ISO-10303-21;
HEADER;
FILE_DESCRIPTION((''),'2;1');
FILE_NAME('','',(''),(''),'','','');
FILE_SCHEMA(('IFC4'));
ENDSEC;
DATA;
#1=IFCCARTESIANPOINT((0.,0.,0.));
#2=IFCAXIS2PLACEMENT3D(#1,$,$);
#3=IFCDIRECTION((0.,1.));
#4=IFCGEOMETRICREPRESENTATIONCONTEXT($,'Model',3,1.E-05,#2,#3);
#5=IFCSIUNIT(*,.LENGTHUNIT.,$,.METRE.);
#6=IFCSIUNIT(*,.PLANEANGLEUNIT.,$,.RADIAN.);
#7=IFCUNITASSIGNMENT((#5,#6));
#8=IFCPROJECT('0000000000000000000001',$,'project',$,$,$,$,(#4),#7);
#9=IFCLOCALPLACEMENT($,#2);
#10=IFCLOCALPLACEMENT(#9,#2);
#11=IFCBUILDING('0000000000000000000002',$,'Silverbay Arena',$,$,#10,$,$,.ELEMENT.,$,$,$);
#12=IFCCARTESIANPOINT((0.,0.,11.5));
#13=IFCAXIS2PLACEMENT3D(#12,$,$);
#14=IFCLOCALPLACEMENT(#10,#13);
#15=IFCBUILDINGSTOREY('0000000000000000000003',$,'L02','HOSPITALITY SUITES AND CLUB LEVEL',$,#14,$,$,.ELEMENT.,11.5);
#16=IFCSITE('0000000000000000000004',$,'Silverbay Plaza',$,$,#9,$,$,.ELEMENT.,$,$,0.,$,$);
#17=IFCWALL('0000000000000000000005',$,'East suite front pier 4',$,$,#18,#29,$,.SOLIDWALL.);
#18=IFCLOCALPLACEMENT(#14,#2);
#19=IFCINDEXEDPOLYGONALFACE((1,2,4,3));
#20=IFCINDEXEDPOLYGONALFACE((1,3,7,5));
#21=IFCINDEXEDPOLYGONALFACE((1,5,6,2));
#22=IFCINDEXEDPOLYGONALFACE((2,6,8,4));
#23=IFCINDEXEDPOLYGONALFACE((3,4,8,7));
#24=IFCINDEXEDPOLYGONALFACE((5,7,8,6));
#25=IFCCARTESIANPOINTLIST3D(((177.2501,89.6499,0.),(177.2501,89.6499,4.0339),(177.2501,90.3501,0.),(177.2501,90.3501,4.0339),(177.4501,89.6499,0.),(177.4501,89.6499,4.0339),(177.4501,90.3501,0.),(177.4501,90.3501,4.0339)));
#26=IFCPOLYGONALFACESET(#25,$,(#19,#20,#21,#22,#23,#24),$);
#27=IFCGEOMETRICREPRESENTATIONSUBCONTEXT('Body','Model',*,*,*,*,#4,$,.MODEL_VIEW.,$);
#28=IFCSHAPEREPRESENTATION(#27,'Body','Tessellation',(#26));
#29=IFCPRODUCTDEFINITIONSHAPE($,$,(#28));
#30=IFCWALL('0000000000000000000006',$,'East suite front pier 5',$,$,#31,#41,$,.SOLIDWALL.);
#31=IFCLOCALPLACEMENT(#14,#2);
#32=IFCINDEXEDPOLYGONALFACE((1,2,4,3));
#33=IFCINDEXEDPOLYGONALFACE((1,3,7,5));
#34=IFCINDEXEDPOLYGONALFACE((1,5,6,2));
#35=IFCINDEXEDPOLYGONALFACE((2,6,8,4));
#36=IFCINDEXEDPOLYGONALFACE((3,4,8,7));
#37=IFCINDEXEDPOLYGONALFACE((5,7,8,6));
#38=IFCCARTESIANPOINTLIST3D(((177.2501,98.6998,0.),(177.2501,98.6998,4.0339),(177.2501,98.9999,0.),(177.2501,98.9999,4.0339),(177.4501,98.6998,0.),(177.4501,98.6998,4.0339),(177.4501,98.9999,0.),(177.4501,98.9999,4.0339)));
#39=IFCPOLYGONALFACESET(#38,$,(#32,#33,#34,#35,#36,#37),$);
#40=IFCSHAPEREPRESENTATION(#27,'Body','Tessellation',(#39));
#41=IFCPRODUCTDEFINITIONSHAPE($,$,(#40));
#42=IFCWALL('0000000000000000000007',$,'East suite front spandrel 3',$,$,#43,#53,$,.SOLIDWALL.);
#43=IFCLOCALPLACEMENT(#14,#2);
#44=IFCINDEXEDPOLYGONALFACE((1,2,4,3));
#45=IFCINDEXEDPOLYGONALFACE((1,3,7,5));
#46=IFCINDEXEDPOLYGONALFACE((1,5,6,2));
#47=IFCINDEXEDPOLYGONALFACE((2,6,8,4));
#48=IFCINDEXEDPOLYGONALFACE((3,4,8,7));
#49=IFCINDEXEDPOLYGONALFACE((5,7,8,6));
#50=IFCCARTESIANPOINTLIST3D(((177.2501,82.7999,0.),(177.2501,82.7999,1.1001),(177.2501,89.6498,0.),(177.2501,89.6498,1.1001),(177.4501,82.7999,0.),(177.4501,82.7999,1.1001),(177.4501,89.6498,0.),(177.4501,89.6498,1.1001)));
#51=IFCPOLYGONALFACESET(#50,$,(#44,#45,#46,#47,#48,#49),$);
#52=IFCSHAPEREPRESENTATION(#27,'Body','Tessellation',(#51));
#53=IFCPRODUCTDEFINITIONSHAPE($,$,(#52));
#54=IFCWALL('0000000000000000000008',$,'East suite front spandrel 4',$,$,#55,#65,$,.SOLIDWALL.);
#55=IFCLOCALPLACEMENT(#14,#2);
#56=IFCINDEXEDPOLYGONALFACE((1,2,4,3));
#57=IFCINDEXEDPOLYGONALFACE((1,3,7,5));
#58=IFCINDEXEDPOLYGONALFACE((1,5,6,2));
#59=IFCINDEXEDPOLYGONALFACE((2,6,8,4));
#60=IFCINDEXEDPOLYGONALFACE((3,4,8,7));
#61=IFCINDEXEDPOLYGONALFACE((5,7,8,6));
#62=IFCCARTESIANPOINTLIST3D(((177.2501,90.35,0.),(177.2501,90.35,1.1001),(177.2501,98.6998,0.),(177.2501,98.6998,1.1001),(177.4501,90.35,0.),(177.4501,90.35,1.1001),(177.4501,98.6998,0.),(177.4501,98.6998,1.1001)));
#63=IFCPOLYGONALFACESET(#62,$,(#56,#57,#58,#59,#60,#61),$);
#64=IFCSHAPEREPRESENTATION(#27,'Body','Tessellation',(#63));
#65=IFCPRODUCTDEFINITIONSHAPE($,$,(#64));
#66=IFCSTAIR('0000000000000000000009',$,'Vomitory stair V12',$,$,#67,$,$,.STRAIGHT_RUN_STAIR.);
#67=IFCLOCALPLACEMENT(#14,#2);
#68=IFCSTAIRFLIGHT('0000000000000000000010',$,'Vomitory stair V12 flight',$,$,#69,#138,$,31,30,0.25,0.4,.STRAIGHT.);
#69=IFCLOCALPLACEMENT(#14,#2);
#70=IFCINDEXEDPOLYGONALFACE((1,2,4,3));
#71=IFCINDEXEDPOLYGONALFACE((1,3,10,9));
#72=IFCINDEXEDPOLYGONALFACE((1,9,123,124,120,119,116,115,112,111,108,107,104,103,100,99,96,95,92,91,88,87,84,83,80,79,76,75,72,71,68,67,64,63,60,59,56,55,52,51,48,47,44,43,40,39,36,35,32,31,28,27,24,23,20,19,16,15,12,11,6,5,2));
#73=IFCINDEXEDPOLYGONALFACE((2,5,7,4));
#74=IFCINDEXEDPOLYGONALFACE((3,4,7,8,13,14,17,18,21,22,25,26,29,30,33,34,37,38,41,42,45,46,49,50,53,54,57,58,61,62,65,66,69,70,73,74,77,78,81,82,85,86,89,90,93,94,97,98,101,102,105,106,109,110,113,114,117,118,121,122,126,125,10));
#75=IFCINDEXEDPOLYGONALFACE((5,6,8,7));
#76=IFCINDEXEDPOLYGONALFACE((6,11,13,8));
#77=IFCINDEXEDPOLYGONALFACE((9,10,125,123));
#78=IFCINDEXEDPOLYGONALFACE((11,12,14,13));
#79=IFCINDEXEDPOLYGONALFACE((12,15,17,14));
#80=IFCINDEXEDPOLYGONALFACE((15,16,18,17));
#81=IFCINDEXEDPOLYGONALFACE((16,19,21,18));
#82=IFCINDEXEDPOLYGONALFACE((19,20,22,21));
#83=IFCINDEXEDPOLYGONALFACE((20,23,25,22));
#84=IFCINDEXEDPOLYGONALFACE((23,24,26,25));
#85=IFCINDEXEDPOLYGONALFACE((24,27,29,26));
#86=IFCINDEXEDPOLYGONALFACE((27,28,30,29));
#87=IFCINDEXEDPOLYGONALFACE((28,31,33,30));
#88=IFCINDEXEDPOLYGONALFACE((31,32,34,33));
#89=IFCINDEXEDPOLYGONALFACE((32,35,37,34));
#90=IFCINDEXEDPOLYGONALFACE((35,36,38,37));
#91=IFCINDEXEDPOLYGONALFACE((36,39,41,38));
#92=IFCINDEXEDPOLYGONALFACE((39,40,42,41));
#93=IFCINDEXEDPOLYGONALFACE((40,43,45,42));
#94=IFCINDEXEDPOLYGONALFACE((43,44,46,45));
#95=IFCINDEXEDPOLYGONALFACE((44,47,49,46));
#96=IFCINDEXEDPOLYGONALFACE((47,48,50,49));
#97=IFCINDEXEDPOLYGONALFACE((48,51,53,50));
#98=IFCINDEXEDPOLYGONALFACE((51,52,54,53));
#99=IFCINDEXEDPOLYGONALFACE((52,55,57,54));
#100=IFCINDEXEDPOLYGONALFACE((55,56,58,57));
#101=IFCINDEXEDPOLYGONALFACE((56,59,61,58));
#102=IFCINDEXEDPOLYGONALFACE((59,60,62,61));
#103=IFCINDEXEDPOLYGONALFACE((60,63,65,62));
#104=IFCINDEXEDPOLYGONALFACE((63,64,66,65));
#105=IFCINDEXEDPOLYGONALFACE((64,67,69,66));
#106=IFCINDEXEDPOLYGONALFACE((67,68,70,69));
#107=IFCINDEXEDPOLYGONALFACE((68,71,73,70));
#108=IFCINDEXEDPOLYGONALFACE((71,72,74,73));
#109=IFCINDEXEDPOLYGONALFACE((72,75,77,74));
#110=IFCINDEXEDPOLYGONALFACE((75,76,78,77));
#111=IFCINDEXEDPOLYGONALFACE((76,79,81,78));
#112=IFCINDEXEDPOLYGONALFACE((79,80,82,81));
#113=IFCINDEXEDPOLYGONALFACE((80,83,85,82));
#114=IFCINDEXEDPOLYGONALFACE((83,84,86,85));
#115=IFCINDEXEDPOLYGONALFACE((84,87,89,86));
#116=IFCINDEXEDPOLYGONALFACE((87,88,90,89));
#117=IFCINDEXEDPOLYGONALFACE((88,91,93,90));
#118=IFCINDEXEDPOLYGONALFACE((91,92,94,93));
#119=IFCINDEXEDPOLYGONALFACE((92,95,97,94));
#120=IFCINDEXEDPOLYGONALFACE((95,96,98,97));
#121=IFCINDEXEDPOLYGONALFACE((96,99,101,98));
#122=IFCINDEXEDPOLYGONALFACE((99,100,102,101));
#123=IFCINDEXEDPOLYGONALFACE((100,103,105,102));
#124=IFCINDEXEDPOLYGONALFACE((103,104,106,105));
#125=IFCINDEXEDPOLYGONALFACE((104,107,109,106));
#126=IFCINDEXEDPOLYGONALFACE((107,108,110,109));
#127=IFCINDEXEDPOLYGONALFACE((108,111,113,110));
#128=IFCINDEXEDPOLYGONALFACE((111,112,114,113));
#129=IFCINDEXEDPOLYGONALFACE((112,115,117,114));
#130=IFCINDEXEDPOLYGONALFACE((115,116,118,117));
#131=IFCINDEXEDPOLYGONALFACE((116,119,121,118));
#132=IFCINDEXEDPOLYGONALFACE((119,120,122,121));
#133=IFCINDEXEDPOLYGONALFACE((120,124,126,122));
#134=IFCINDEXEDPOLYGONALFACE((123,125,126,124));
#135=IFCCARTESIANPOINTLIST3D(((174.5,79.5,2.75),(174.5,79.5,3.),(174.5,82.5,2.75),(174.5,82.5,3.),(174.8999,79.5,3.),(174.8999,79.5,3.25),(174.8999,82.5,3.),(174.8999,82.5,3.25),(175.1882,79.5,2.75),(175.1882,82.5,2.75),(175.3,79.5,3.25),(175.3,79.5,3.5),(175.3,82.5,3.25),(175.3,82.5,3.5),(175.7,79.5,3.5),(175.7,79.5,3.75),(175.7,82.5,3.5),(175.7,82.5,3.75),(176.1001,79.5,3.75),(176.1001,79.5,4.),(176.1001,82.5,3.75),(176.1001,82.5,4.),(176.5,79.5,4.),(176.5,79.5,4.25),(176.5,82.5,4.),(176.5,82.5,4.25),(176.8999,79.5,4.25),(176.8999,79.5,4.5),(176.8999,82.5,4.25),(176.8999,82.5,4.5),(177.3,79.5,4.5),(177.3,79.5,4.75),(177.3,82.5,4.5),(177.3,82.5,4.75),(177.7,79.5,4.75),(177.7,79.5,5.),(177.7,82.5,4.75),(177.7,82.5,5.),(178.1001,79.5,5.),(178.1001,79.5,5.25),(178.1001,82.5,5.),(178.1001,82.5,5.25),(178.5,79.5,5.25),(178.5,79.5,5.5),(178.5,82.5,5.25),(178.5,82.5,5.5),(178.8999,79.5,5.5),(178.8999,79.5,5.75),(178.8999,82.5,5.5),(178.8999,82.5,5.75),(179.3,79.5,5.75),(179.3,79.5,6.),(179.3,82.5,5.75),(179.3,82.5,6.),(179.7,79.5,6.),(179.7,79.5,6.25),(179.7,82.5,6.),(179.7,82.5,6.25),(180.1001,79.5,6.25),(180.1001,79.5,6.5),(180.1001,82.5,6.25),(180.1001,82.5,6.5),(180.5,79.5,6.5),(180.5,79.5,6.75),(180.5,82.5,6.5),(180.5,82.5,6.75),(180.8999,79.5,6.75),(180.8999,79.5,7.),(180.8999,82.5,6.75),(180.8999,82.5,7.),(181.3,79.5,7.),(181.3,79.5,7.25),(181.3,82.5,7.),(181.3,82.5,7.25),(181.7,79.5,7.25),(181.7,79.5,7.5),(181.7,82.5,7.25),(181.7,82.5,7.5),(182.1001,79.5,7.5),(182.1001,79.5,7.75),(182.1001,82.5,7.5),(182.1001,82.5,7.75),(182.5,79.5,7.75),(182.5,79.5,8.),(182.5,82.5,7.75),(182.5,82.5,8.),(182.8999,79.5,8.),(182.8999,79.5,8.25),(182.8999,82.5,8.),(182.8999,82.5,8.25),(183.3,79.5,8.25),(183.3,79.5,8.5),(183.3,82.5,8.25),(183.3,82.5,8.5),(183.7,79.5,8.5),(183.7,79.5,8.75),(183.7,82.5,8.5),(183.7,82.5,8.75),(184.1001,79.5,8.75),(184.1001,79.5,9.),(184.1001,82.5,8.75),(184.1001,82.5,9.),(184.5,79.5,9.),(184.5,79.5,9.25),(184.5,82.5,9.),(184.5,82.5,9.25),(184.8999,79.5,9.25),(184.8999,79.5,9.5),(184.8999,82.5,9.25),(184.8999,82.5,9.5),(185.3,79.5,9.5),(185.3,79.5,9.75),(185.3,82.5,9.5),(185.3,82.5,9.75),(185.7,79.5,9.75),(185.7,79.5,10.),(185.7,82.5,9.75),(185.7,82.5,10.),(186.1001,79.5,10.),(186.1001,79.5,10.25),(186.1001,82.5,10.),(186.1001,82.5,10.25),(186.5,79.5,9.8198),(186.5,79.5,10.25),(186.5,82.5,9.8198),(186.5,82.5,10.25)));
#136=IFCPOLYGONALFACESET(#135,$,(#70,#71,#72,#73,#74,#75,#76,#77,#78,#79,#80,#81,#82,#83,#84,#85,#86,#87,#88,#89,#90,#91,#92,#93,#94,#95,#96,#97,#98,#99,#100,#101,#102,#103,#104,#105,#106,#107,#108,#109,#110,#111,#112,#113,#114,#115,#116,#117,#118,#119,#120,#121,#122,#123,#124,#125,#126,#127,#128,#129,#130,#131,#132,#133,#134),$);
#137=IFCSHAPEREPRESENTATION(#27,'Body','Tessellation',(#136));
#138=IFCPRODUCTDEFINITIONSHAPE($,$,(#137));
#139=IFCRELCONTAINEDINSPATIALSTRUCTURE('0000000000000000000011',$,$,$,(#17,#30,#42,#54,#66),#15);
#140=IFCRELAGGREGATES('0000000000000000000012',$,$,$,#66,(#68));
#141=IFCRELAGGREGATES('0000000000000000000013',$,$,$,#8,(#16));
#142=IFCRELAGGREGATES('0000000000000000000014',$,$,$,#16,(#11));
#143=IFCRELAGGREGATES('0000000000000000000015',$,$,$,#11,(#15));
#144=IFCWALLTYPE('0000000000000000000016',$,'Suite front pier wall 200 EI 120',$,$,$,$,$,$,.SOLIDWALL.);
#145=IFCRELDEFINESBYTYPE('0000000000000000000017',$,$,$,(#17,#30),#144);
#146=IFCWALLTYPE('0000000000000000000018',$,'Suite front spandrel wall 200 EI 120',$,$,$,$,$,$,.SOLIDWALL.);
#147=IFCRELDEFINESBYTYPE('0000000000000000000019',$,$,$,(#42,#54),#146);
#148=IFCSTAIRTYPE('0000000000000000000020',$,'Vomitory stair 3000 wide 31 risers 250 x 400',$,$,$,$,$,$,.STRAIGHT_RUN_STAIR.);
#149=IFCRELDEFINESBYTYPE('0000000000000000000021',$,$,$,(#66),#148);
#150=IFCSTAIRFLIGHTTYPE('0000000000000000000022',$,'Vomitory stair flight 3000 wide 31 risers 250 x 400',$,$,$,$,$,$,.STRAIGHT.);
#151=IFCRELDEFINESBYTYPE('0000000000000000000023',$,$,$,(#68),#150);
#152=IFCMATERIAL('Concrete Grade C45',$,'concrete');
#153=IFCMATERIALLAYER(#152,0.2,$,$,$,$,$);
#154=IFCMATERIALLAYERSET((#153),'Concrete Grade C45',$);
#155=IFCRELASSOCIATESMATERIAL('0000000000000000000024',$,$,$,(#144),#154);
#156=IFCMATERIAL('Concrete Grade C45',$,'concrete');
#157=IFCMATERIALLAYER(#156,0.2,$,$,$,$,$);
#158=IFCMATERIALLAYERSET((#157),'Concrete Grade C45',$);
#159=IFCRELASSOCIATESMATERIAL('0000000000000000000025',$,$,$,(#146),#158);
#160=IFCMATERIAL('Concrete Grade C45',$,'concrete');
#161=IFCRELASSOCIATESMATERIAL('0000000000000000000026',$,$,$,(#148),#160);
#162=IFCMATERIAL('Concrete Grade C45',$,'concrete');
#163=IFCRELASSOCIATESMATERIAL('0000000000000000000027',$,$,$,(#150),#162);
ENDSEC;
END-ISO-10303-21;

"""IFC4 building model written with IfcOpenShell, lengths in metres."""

from ifc_helpers import new_model, si_unit, direction, frame, frame_2d, origin, place, context, subcontext, project, spatial, polyline, rectangle, outline, extrude, material, layer, layer_set, type_object, element, aggregate, save


model = new_model("IFC4")

# Units and contexts
model_context = context("Model", 3, precision=1e-05, world=origin(), true_north=direction((0.0, 1.0)))
body_context = subcontext(model_context, "Body", "Model", "MODEL_VIEW")
ifc_project = project(units=[si_unit("LENGTHUNIT", "METRE"), si_unit("PLANEANGLEUNIT", "RADIAN")], contexts=[model_context])

# Site, building, storey
site_placement = place(None, origin())
site = spatial("IfcSite", under=ifc_project, at=site_placement, Name="Silverbay Plaza", CompositionType="ELEMENT", RefElevation=0.0)
building_placement = place(site_placement, origin())
building = spatial("IfcBuilding", under=site, at=building_placement, Name="Silverbay Arena", CompositionType="ELEMENT")
storey_placement = place(building_placement, frame((0.0, 0.0, 11.5)))
storey = spatial("IfcBuildingStorey", under=building, at=storey_placement, Name="L02", Description="HOSPITALITY SUITES AND CLUB LEVEL", CompositionType="ELEMENT", Elevation=11.5)

# Walls
ifc_material_1 = material(Name="Concrete Grade C45", Category="concrete")
ifc_layer_1 = layer(ifc_material_1, 0.2)
ifc_layer_set_1 = layer_set([ifc_layer_1], Name="Concrete Grade C45")
wall_type_1 = type_object("IfcWallType", Name="Suite front pier wall 200 EI 120", PredefinedType="SOLIDWALL", material=ifc_layer_set_1)
wall_1_placement = place(storey_placement, frame((177.3501, 89.6499, 0.0), z_axis=(0.0, 0.0, 1.0), x_axis=(0.0, 1.0, 0.0)))
element("IfcWall", 1, at=wall_1_placement, inside=storey, type_object=wall_type_1, Name="East suite front pier 4", PredefinedType="SOLIDWALL", context=body_context, shape_type="SweptSolid", body=[
    extrude(rectangle(XDim=0.7002, YDim=0.2, at=frame_2d((0.3501, 0.0))), origin(), (0.0, 0.0, 1.0), 4.0339),
])
wall_2_placement = place(storey_placement, frame((177.3501, 98.7, 0.0), z_axis=(0.0, 0.0, 1.0), x_axis=(0.0, 1.0, 0.0)))
element("IfcWall", 2, at=wall_2_placement, inside=storey, type_object=wall_type_1, Name="East suite front pier 5", PredefinedType="SOLIDWALL", context=body_context, shape_type="SweptSolid", body=[
    extrude(rectangle(XDim=0.3, YDim=0.2, at=frame_2d((0.1499, 0.0))), origin(), (0.0, 0.0, 1.0), 4.0339),
])
ifc_material_2 = material(Name="Concrete Grade C45", Category="concrete")
ifc_layer_2 = layer(ifc_material_2, 0.2)
ifc_layer_set_2 = layer_set([ifc_layer_2], Name="Concrete Grade C45")
wall_type_2 = type_object("IfcWallType", Name="Suite front spandrel wall 200 EI 120", PredefinedType="SOLIDWALL", material=ifc_layer_set_2)
wall_3_placement = place(storey_placement, frame((177.3501, 82.8, 0.0), z_axis=(0.0, 0.0, 1.0), x_axis=(0.0, 1.0, 0.0)))
element("IfcWall", 3, at=wall_3_placement, inside=storey, type_object=wall_type_2, Name="East suite front spandrel 3", PredefinedType="SOLIDWALL", context=body_context, shape_type="SweptSolid", body=[
    extrude(rectangle(XDim=6.8499, YDim=0.2, at=frame_2d((3.4248, 0.0))), origin(), (0.0, 0.0, 1.0), 1.1001),
])
wall_4_placement = place(storey_placement, frame((177.3501, 90.3501, 0.0), z_axis=(0.0, 0.0, 1.0), x_axis=(0.0, 1.0, 0.0)))
element("IfcWall", 4, at=wall_4_placement, inside=storey, type_object=wall_type_2, Name="East suite front spandrel 4", PredefinedType="SOLIDWALL", context=body_context, shape_type="SweptSolid", body=[
    extrude(rectangle(XDim=8.3499, YDim=0.2, at=frame_2d((4.1748, 0.0))), origin(), (0.0, 0.0, 1.0), 1.1001),
])

# Stair, stair flight
ifc_material_3 = material(Name="Concrete Grade C45", Category="concrete")
stair_type = type_object("IfcStairType", Name="Vomitory stair 3000 wide 31 risers 250 x 400", PredefinedType="STRAIGHT_RUN_STAIR", material=ifc_material_3)
stair_placement = place(storey_placement, origin())
stair = element("IfcStair", 5, at=stair_placement, inside=storey, type_object=stair_type, Name="Vomitory stair V12", PredefinedType="STRAIGHT_RUN_STAIR")
ifc_material_4 = material(Name="Concrete Grade C45", Category="concrete")
stair_flight_type = type_object("IfcStairFlightType", Name="Vomitory stair flight 3000 wide 31 risers 250 x 400", PredefinedType="STRAIGHT", material=ifc_material_4)
stair_flight_placement = place(storey_placement, frame((174.5, 81.0, 2.75), z_axis=(0.0, 0.0, 1.0), x_axis=(1.0, 0.0, 0.0)))
stair_flight = element("IfcStairFlight", 6, at=stair_flight_placement, type_object=stair_flight_type, Name="Vomitory stair V12 flight", NumberOfRisers=31, NumberOfTreads=30, PredefinedType="STRAIGHT", RiserHeight=0.25, TreadLength=0.4, context=body_context, shape_type="SweptSolid", body=[
    extrude(outline(polyline([(0.0, 0.0), (0.0, 0.25), (0.3999, 0.25), (0.3999, 0.5), (0.8, 0.5), (0.8, 0.75), (1.2, 0.75), (1.2, 1.0), (1.6001, 1.0), (1.6001, 1.25), (2.0, 1.25), (2.0, 1.5), (2.3999, 1.5), (2.3999, 1.75), (2.8, 1.75), (2.8, 2.0), (3.2, 2.0), (3.2, 2.25), (3.6001, 2.25), (3.6001, 2.5), (4.0, 2.5), (4.0, 2.75), (4.3999, 2.75), (4.3999, 3.0), (4.8, 3.0), (4.8, 3.25), (5.2, 3.25), (5.2, 3.5), (5.6001, 3.5), (5.6001, 3.75), (6.0, 3.75), (6.0, 4.0), (6.3999, 4.0), (6.3999, 4.25), (6.8, 4.25), (6.8, 4.5), (7.2, 4.5), (7.2, 4.75), (7.6001, 4.75), (7.6001, 5.0), (8.0, 5.0), (8.0, 5.25), (8.3999, 5.25), (8.3999, 5.5), (8.8, 5.5), (8.8, 5.75), (9.2, 5.75), (9.2, 6.0), (9.6001, 6.0), (9.6001, 6.25), (10.0, 6.25), (10.0, 6.5), (10.3999, 6.5), (10.3999, 6.75), (10.8, 6.75), (10.8, 7.0), (11.2, 7.0), (11.2, 7.25), (11.6001, 7.25), (11.6001, 7.5), (12.0, 7.5), (12.0, 7.0698), (0.6882, 0.0), (0.0, 0.0)])), frame((0.0, 1.5, 0.0), z_axis=(0.0, -1.0, 0.0), x_axis=(1.0, 0.0, 0.0)), (0.0, 0.0, 1.0), 3.0),
])
aggregate(stair, [stair_flight])

save(model, "model.ifc")
